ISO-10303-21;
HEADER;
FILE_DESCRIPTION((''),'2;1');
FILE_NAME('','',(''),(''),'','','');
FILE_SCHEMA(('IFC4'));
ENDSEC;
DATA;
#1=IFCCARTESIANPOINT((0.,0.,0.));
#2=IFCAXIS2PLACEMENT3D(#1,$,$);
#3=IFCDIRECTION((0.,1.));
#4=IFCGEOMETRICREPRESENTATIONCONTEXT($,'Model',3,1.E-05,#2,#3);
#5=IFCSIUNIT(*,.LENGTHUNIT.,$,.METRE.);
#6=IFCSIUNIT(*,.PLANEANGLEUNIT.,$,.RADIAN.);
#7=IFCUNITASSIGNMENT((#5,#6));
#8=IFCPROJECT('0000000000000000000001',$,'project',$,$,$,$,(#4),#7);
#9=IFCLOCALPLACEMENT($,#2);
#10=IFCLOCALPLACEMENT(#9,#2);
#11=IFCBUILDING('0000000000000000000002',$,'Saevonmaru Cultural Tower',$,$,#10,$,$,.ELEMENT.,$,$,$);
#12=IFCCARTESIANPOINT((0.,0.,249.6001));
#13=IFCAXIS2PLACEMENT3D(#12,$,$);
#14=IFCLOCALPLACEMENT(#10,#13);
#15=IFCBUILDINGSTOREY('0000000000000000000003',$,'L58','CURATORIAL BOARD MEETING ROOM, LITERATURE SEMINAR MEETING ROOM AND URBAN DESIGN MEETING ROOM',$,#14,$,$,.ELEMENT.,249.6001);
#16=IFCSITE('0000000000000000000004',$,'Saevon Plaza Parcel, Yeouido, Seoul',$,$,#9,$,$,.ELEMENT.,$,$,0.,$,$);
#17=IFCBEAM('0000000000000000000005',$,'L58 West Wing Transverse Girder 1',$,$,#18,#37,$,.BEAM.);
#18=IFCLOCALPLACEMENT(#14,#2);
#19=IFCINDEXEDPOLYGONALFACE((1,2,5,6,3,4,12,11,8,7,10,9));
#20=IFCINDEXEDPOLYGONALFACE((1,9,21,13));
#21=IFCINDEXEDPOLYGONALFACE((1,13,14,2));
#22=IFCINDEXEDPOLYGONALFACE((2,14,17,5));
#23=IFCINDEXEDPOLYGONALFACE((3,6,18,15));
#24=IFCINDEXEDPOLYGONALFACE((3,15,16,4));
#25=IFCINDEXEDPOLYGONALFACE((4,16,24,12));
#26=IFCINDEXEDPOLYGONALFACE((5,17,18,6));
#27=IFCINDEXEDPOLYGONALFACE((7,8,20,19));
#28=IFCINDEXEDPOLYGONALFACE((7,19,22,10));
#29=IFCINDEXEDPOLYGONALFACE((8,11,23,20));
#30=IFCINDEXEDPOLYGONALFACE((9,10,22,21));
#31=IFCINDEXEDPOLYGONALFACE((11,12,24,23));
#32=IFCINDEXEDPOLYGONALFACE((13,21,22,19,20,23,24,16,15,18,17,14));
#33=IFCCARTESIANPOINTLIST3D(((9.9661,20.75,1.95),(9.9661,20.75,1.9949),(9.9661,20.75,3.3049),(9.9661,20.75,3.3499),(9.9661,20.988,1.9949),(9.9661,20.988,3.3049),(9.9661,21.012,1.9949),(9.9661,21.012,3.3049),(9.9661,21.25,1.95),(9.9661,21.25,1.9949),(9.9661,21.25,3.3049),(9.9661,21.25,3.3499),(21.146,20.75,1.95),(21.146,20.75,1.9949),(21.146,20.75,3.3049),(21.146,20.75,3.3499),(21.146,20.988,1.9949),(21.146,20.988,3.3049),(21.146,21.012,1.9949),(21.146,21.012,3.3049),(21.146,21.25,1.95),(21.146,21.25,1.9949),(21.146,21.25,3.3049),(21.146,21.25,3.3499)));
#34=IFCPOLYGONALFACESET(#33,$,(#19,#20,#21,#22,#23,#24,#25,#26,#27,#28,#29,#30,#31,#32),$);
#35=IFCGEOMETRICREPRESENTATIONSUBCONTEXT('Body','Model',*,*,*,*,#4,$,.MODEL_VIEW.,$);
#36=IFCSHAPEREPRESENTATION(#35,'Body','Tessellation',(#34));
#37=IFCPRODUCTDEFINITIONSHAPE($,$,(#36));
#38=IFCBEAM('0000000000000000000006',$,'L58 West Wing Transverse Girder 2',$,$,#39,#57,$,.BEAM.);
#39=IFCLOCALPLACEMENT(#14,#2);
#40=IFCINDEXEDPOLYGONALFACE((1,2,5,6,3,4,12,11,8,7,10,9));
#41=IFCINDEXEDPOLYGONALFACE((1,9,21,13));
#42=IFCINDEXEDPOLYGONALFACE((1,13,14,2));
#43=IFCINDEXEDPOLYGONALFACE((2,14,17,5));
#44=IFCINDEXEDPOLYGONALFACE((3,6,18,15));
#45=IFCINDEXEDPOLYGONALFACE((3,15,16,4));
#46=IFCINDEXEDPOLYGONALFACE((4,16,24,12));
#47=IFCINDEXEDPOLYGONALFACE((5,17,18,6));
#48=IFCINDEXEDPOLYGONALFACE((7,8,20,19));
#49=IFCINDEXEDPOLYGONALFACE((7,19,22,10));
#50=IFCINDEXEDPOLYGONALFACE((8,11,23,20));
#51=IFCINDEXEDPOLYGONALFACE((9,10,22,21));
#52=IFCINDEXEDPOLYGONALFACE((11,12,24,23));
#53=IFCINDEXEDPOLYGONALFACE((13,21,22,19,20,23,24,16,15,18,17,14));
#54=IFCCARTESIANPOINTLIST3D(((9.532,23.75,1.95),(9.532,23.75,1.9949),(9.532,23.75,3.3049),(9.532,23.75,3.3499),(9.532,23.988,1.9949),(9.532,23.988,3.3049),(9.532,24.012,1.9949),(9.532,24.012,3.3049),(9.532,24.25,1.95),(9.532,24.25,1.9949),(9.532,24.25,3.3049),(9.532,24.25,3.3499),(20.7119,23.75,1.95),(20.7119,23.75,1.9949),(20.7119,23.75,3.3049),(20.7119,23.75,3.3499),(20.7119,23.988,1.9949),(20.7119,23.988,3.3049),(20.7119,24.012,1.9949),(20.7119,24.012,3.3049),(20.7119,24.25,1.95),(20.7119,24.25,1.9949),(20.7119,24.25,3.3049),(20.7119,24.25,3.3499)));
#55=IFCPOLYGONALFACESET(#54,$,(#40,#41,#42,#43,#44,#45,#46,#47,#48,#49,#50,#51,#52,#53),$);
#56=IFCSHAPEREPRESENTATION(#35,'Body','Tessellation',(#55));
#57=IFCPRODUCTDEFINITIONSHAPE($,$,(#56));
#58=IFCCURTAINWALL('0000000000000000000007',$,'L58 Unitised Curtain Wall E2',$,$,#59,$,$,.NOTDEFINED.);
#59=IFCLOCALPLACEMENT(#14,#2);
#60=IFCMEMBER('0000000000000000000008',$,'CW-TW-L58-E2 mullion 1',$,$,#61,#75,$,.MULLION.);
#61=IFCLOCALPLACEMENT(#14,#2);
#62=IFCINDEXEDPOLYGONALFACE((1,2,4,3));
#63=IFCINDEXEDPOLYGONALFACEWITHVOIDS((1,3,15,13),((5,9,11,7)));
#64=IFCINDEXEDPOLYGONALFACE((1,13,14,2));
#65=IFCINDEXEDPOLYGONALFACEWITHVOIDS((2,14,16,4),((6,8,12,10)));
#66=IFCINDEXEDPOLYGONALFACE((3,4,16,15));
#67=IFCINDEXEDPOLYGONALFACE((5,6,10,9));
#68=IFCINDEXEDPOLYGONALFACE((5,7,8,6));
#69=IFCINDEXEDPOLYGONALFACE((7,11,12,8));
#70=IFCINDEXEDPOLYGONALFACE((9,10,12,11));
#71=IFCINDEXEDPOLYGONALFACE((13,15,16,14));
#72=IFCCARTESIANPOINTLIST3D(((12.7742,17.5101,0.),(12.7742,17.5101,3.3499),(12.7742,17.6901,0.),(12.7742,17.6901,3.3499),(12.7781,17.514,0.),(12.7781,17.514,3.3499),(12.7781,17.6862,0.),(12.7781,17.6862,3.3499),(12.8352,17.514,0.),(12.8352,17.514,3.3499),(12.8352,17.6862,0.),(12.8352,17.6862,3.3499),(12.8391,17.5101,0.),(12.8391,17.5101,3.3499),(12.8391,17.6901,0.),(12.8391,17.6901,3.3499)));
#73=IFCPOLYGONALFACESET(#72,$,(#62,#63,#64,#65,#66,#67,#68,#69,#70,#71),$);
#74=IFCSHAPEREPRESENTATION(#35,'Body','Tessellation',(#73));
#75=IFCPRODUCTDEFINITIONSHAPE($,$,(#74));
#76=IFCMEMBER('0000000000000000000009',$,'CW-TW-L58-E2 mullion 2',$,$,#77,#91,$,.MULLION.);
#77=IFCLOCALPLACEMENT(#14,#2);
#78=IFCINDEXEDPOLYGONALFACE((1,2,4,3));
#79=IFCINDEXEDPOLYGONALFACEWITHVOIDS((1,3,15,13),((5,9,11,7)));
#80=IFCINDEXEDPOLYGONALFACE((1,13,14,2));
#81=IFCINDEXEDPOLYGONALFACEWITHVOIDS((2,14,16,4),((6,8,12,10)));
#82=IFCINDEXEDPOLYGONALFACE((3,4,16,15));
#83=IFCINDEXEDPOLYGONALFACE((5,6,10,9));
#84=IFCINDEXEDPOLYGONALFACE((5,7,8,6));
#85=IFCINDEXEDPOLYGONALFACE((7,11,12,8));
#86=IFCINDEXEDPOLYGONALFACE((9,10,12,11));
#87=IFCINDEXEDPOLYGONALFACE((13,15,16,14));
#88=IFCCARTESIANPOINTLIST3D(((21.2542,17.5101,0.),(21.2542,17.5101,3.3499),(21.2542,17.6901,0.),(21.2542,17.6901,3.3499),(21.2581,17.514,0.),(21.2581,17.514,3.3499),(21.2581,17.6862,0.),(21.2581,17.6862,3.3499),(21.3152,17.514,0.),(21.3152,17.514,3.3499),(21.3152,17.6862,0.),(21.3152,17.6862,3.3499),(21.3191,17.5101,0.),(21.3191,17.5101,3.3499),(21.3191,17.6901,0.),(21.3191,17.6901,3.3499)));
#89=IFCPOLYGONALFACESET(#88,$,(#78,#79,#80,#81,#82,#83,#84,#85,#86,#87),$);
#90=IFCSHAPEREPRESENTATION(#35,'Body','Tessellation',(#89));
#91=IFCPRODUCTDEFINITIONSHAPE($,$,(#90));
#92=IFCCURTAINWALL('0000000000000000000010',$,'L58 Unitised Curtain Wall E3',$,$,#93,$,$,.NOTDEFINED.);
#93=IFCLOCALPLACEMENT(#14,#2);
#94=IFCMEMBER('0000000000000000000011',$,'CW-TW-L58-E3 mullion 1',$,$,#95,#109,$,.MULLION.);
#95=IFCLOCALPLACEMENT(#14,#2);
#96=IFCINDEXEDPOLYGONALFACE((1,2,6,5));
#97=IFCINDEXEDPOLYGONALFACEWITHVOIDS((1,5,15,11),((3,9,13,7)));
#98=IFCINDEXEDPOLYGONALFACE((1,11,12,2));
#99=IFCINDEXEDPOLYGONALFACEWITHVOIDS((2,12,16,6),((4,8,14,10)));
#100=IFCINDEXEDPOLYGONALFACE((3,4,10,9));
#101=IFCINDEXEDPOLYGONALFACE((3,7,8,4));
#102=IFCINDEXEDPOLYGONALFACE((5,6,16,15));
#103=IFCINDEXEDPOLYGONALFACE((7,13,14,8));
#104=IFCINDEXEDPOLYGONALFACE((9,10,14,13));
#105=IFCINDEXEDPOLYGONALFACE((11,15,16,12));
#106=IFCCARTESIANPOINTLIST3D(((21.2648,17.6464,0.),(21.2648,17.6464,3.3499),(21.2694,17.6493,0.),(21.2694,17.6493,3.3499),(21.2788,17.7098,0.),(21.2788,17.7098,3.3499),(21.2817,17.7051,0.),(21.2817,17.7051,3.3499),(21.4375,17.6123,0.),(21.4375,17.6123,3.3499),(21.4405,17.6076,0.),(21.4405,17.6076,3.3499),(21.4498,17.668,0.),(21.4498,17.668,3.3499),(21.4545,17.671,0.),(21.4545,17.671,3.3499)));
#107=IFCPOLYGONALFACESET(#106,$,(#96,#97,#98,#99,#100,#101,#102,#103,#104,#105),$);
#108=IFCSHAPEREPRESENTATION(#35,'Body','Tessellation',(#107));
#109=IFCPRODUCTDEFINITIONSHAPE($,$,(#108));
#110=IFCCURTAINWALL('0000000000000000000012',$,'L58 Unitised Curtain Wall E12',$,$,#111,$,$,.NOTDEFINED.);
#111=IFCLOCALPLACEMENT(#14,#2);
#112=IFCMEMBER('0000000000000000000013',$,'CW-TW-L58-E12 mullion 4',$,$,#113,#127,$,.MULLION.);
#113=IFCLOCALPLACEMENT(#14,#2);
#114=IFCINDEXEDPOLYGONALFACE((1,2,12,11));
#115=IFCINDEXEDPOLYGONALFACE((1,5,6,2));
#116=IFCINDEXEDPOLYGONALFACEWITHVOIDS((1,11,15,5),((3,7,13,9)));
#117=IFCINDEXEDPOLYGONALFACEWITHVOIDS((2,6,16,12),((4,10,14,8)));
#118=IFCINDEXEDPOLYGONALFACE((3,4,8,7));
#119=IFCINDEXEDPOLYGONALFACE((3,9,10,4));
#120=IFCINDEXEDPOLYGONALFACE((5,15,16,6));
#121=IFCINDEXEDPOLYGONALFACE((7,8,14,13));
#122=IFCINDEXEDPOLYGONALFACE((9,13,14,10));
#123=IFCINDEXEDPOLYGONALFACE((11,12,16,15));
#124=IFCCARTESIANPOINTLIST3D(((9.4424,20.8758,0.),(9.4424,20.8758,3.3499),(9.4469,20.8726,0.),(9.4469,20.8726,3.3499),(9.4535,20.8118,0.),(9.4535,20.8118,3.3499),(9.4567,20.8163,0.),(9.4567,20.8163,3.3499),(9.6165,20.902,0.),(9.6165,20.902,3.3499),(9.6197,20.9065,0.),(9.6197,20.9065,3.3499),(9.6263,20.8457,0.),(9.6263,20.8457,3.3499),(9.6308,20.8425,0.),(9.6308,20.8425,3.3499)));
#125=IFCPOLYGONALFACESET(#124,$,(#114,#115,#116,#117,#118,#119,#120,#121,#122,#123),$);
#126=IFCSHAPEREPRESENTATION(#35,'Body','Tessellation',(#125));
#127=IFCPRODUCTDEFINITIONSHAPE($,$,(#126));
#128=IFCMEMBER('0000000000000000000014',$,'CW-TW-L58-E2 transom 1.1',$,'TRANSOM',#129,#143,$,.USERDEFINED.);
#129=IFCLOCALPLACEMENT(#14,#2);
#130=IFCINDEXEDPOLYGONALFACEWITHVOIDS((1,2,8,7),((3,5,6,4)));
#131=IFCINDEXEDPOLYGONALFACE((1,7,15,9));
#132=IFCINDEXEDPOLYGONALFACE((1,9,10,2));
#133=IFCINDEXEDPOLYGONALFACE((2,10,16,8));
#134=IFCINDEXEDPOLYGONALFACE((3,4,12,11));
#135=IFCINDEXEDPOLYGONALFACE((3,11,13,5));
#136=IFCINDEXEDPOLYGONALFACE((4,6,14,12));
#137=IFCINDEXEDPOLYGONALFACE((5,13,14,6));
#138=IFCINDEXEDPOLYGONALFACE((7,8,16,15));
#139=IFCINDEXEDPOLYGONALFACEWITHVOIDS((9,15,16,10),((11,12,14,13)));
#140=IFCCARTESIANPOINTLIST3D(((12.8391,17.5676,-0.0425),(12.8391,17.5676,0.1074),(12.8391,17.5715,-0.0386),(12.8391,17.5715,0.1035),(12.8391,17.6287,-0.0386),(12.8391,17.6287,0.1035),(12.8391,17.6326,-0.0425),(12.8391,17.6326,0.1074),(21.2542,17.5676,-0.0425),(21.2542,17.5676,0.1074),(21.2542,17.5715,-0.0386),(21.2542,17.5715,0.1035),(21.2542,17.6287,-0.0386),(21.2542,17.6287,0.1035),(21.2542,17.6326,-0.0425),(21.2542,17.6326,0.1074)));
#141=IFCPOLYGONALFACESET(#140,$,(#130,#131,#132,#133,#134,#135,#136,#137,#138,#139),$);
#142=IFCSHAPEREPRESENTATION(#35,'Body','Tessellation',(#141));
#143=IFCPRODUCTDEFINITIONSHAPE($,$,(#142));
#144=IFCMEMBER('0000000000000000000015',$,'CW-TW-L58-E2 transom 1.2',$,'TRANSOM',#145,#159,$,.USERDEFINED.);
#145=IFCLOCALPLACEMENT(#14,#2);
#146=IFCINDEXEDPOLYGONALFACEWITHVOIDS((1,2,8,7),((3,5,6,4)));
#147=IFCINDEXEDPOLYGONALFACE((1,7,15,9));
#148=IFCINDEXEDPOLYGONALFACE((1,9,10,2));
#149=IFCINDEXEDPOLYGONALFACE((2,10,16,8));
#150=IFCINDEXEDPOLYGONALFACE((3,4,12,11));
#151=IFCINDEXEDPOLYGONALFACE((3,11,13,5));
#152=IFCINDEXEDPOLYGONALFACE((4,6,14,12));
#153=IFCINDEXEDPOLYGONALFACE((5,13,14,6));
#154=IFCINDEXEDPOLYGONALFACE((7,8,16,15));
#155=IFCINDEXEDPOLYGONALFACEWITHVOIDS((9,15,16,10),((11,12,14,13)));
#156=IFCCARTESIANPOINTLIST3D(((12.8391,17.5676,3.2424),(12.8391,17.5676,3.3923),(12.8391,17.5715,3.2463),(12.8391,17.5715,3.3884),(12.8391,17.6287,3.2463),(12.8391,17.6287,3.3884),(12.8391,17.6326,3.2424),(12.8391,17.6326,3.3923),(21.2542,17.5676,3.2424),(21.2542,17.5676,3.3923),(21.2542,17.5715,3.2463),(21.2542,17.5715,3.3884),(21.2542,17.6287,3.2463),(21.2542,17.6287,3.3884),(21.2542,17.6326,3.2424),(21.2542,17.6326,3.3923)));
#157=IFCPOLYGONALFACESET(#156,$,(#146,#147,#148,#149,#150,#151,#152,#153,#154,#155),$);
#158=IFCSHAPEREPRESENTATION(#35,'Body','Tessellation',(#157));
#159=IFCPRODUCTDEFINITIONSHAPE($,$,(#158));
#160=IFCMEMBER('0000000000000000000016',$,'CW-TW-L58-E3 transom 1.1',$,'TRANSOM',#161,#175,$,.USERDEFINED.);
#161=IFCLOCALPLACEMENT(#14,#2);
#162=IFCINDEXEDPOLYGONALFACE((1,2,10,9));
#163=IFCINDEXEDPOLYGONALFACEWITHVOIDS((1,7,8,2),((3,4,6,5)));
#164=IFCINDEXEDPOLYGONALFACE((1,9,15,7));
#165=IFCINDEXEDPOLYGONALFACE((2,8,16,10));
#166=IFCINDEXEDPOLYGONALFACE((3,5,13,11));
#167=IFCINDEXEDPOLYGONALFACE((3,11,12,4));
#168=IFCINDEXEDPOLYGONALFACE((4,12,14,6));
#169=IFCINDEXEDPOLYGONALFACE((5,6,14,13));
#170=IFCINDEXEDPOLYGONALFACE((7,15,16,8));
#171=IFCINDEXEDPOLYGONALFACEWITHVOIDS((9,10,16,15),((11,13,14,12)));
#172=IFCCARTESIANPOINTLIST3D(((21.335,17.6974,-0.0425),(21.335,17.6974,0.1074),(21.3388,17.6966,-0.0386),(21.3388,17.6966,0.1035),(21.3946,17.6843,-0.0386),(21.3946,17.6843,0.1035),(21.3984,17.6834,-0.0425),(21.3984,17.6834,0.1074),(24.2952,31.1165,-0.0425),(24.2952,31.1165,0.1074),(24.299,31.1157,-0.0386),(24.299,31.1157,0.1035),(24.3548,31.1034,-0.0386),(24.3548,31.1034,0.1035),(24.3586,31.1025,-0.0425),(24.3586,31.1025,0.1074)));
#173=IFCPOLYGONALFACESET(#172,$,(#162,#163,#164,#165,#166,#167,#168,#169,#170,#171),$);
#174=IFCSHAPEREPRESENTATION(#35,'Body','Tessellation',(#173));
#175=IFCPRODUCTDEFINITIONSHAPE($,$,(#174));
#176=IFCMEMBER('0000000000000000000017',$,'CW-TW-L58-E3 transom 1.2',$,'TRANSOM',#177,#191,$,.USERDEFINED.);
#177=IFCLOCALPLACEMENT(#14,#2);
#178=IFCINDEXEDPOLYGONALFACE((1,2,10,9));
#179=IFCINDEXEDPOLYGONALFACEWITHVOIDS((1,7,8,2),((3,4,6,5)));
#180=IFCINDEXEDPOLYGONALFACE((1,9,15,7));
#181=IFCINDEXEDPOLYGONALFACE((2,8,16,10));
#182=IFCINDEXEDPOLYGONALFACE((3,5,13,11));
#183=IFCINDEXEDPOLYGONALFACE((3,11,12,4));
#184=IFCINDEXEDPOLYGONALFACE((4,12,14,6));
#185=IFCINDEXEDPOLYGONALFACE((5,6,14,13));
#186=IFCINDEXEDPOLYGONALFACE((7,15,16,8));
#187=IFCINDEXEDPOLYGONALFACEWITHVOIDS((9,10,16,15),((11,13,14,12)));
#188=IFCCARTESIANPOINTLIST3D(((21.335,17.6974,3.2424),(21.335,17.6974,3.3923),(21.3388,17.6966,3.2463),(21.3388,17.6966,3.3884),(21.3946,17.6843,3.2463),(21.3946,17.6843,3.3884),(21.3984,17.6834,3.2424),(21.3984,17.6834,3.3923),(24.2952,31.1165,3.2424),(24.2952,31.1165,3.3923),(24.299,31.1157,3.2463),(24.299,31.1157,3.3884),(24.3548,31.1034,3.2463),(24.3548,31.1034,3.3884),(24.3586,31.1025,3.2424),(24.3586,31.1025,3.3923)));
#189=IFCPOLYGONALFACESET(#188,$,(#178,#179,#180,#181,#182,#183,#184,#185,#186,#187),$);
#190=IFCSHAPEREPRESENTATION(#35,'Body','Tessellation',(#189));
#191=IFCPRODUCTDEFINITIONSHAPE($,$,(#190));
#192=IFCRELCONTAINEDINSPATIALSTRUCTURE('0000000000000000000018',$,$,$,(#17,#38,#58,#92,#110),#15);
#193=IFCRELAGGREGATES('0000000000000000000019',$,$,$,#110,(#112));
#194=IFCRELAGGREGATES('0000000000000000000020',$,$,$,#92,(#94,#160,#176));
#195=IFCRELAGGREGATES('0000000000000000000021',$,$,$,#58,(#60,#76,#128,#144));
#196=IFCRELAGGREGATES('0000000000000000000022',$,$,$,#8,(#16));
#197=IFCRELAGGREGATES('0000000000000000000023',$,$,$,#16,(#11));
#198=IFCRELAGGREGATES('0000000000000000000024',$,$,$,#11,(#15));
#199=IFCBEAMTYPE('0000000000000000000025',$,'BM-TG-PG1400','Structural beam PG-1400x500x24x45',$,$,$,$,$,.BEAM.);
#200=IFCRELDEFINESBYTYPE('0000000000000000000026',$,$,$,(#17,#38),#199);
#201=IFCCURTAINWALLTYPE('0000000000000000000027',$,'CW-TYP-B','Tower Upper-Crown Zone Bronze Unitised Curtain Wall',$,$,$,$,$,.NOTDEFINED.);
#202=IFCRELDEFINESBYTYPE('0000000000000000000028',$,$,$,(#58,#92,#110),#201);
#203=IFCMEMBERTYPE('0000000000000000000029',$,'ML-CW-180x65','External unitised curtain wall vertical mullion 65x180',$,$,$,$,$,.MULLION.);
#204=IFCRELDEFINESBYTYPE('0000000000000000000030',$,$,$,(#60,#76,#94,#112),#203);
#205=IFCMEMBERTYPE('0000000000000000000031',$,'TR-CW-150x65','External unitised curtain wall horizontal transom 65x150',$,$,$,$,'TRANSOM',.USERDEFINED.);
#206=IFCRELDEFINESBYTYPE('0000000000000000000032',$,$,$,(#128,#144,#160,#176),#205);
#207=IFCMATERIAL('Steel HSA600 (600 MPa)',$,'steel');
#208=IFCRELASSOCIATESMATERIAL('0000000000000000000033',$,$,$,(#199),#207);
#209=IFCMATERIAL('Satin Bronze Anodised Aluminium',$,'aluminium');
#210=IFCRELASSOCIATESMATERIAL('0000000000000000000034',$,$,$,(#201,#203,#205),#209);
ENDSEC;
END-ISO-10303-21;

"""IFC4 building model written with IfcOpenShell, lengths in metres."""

from ifc_helpers import new_model, si_unit, direction, frame, origin, origin_2d, place, context, subcontext, project, spatial, hollow_rectangle, i_section, extrude, material, material_profile, profile_set, type_object, element, aggregate, save


model = new_model("IFC4")

# Units and contexts
model_context = context("Model", 3, precision=1e-05, world=origin(), true_north=direction((0.0, 1.0)))
body_context = subcontext(model_context, "Body", "Model", "MODEL_VIEW")
ifc_project = project(units=[si_unit("LENGTHUNIT", "METRE"), si_unit("PLANEANGLEUNIT", "RADIAN")], contexts=[model_context])

# Site, building, storey
site_placement = place(None, origin())
site = spatial("IfcSite", under=ifc_project, at=site_placement, Name="Saevon Plaza Parcel, Yeouido, Seoul", CompositionType="ELEMENT", RefElevation=0.0)
building_placement = place(site_placement, origin())
building = spatial("IfcBuilding", under=site, at=building_placement, Name="Saevonmaru Cultural Tower", CompositionType="ELEMENT")
storey_placement = place(building_placement, frame((0.0, 0.0, 249.6001)))
storey = spatial("IfcBuildingStorey", under=building, at=storey_placement, Name="L58", Description="CURATORIAL BOARD MEETING ROOM, LITERATURE SEMINAR MEETING ROOM AND URBAN DESIGN MEETING ROOM", CompositionType="ELEMENT", Elevation=249.6001)

# Beams
ifc_material_1 = material(Name="Steel HSA600 (600 MPa)", Category="steel")
ifc_material_profile_1 = material_profile(ifc_material_1, i_section(OverallWidth=0.5, OverallDepth=1.3999, WebThickness=0.0239, FlangeThickness=0.0449, at=origin_2d()), Name="PG-1400x500x24x45")
ifc_profile_set_1 = profile_set([ifc_material_profile_1], Name="Steel HSA600 (600 MPa)")
beam_type_1 = type_object("IfcBeamType", Name="BM-TG-PG1400", Description="Structural beam PG-1400x500x24x45", PredefinedType="BEAM", material=ifc_profile_set_1)
for number, where, z_axis, x_axis, name in (
    (1, (9.9661, 21.0, 2.6499), (1.0, 0.0, 0.0), (0.0, 1.0, 0.0), "L58 West Wing Transverse Girder 1"),
    (2, (9.532, 24.0, 2.6499), (1.0, 0.0, 0.0), (0.0, 1.0, 0.0), "L58 West Wing Transverse Girder 2"),
):
    element("IfcBeam", number, at=place(storey_placement, frame(where, z_axis=z_axis, x_axis=x_axis)), inside=storey, type_object=beam_type_1, Name=name, PredefinedType="BEAM", context=body_context, shape_type="SweptSolid", body=[
        extrude(i_section(OverallWidth=0.5, OverallDepth=1.3999, WebThickness=0.0239, FlangeThickness=0.0449, at=origin_2d()), origin(), (0.0, 0.0, 1.0), 11.1799),
    ])

# Curtain wall, members
ifc_material_2 = material(Name="Satin Bronze Anodised Aluminium", Category="aluminium")
curtain_wall_type = type_object("IfcCurtainWallType", Name="CW-TYP-B", Description="Tower Upper-Crown Zone Bronze Unitised Curtain Wall", PredefinedType="NOTDEFINED", material=ifc_material_2)
curtain_wall_1_placement = place(storey_placement, origin())
curtain_wall_1 = element("IfcCurtainWall", 3, at=curtain_wall_1_placement, inside=storey, type_object=curtain_wall_type, Name="L58 Unitised Curtain Wall E2", PredefinedType="NOTDEFINED")
ifc_material_profile_2 = material_profile(ifc_material_2, hollow_rectangle(XDim=0.0649, YDim=0.1799, WallThickness=0.0039, at=origin_2d()), Name="ALU-MULL-180x65x4")
ifc_profile_set_2 = profile_set([ifc_material_profile_2], Name="Satin Bronze Anodised Aluminium")
member_type_1 = type_object("IfcMemberType", Name="ML-CW-180x65", Description="External unitised curtain wall vertical mullion 65x180", PredefinedType="MULLION", material=ifc_profile_set_2)
member_1_placement = place(storey_placement, frame((12.8066, 17.6001, 0.0), z_axis=(0.0, 0.0, 1.0), x_axis=(1.0, 0.0, 0.0)))
member_1 = element("IfcMember", 4, at=member_1_placement, type_object=member_type_1, Name="CW-TW-L58-E2 mullion 1", PredefinedType="MULLION", context=body_context, shape_type="SweptSolid", body=[
    extrude(hollow_rectangle(XDim=0.0649, YDim=0.1799, WallThickness=0.0039, at=origin_2d()), origin(), (0.0, 0.0, 1.0), 3.3499),
])
member_2_placement = place(storey_placement, frame((21.2866, 17.6001, 0.0), z_axis=(0.0, 0.0, 1.0), x_axis=(1.0, 0.0, 0.0)))
member_2 = element("IfcMember", 5, at=member_2_placement, type_object=member_type_1, Name="CW-TW-L58-E2 mullion 2", PredefinedType="MULLION", context=body_context, shape_type="SweptSolid", body=[
    extrude(hollow_rectangle(XDim=0.0649, YDim=0.1799, WallThickness=0.0039, at=origin_2d()), origin(), (0.0, 0.0, 1.0), 3.3499),
])

# Curtain walls, members
curtain_wall_2_placement = place(storey_placement, origin())
curtain_wall_2 = element("IfcCurtainWall", 6, at=curtain_wall_2_placement, inside=storey, type_object=curtain_wall_type, Name="L58 Unitised Curtain Wall E3", PredefinedType="NOTDEFINED")
member_3_placement = place(storey_placement, frame((21.3596, 17.6587, 0.0), z_axis=(0.0, 0.0, 1.0), x_axis=(0.215413, 0.976523, 0.0)))
member_3 = element("IfcMember", 7, at=member_3_placement, type_object=member_type_1, Name="CW-TW-L58-E3 mullion 1", PredefinedType="MULLION", context=body_context, shape_type="SweptSolid", body=[
    extrude(hollow_rectangle(XDim=0.0649, YDim=0.1799, WallThickness=0.0039, at=origin_2d()), origin(), (0.0, 0.0, 1.0), 3.3499),
])
curtain_wall_3_placement = place(storey_placement, origin())
curtain_wall_3 = element("IfcCurtainWall", 8, at=curtain_wall_3_placement, inside=storey, type_object=curtain_wall_type, Name="L58 Unitised Curtain Wall E12", PredefinedType="NOTDEFINED")
member_4_placement = place(storey_placement, frame((9.5366, 20.8591, 0.0), z_axis=(0.0, 0.0, 1.0), x_axis=(0.17079, -0.985307, 0.0)))
member_4 = element("IfcMember", 9, at=member_4_placement, type_object=member_type_1, Name="CW-TW-L58-E12 mullion 4", PredefinedType="MULLION", context=body_context, shape_type="SweptSolid", body=[
    extrude(hollow_rectangle(XDim=0.0649, YDim=0.1799, WallThickness=0.0039, at=origin_2d()), origin(), (0.0, 0.0, 1.0), 3.3499),
])
aggregate(curtain_wall_3, [member_4])

# Members
ifc_material_profile_3 = material_profile(ifc_material_2, hollow_rectangle(XDim=0.0649, YDim=0.1499, WallThickness=0.0039, at=origin_2d()), Name="ALU-TRAN-150x65x4")
ifc_profile_set_3 = profile_set([ifc_material_profile_3], Name="Satin Bronze Anodised Aluminium")
member_type_2 = type_object("IfcMemberType", Name="TR-CW-150x65", Description="External unitised curtain wall horizontal transom 65x150", ElementType="TRANSOM", PredefinedType="USERDEFINED", material=ifc_profile_set_3)
member_5_placement = place(storey_placement, frame((12.8391, 17.6001, 0.0325), z_axis=(1.0, 0.0, 0.0), x_axis=(0.0, 1.0, 0.0)))
member_5 = element("IfcMember", 10, at=member_5_placement, type_object=member_type_2, Name="CW-TW-L58-E2 transom 1.1", ObjectType="TRANSOM", PredefinedType="USERDEFINED", context=body_context, shape_type="SweptSolid", body=[
    extrude(hollow_rectangle(XDim=0.0649, YDim=0.1499, WallThickness=0.0039, at=origin_2d()), origin(), (0.0, 0.0, 1.0), 8.415),
])
member_6_placement = place(storey_placement, frame((12.8391, 17.6001, 3.3174), z_axis=(1.0, 0.0, 0.0), x_axis=(0.0, 1.0, 0.0)))
member_6 = element("IfcMember", 11, at=member_6_placement, type_object=member_type_2, Name="CW-TW-L58-E2 transom 1.2", ObjectType="TRANSOM", PredefinedType="USERDEFINED", context=body_context, shape_type="SweptSolid", body=[
    extrude(hollow_rectangle(XDim=0.0649, YDim=0.1499, WallThickness=0.0039, at=origin_2d()), origin(), (0.0, 0.0, 1.0), 8.415),
])
member_7_placement = place(storey_placement, frame((21.3667, 17.6904, 0.0325), z_axis=(0.215416, 0.976522, 0.0), x_axis=(-0.976522, 0.215416, 0.0)))
member_7 = element("IfcMember", 12, at=member_7_placement, type_object=member_type_2, Name="CW-TW-L58-E3 transom 1.1", ObjectType="TRANSOM", PredefinedType="USERDEFINED", context=body_context, shape_type="SweptSolid", body=[
    extrude(hollow_rectangle(XDim=0.0649, YDim=0.1499, WallThickness=0.0039, at=origin_2d()), origin(), (0.0, 0.0, 1.0), 13.7417),
])
member_8_placement = place(storey_placement, frame((21.3667, 17.6904, 3.3174), z_axis=(0.215416, 0.976522, 0.0), x_axis=(-0.976522, 0.215416, 0.0)))
member_8 = element("IfcMember", 13, at=member_8_placement, type_object=member_type_2, Name="CW-TW-L58-E3 transom 1.2", ObjectType="TRANSOM", PredefinedType="USERDEFINED", context=body_context, shape_type="SweptSolid", body=[
    extrude(hollow_rectangle(XDim=0.0649, YDim=0.1499, WallThickness=0.0039, at=origin_2d()), origin(), (0.0, 0.0, 1.0), 13.7417),
])
aggregate(curtain_wall_2, [member_3, member_7, member_8])

aggregate(curtain_wall_1, [member_1, member_2, member_5, member_6])

save(model, "model.ifc")
